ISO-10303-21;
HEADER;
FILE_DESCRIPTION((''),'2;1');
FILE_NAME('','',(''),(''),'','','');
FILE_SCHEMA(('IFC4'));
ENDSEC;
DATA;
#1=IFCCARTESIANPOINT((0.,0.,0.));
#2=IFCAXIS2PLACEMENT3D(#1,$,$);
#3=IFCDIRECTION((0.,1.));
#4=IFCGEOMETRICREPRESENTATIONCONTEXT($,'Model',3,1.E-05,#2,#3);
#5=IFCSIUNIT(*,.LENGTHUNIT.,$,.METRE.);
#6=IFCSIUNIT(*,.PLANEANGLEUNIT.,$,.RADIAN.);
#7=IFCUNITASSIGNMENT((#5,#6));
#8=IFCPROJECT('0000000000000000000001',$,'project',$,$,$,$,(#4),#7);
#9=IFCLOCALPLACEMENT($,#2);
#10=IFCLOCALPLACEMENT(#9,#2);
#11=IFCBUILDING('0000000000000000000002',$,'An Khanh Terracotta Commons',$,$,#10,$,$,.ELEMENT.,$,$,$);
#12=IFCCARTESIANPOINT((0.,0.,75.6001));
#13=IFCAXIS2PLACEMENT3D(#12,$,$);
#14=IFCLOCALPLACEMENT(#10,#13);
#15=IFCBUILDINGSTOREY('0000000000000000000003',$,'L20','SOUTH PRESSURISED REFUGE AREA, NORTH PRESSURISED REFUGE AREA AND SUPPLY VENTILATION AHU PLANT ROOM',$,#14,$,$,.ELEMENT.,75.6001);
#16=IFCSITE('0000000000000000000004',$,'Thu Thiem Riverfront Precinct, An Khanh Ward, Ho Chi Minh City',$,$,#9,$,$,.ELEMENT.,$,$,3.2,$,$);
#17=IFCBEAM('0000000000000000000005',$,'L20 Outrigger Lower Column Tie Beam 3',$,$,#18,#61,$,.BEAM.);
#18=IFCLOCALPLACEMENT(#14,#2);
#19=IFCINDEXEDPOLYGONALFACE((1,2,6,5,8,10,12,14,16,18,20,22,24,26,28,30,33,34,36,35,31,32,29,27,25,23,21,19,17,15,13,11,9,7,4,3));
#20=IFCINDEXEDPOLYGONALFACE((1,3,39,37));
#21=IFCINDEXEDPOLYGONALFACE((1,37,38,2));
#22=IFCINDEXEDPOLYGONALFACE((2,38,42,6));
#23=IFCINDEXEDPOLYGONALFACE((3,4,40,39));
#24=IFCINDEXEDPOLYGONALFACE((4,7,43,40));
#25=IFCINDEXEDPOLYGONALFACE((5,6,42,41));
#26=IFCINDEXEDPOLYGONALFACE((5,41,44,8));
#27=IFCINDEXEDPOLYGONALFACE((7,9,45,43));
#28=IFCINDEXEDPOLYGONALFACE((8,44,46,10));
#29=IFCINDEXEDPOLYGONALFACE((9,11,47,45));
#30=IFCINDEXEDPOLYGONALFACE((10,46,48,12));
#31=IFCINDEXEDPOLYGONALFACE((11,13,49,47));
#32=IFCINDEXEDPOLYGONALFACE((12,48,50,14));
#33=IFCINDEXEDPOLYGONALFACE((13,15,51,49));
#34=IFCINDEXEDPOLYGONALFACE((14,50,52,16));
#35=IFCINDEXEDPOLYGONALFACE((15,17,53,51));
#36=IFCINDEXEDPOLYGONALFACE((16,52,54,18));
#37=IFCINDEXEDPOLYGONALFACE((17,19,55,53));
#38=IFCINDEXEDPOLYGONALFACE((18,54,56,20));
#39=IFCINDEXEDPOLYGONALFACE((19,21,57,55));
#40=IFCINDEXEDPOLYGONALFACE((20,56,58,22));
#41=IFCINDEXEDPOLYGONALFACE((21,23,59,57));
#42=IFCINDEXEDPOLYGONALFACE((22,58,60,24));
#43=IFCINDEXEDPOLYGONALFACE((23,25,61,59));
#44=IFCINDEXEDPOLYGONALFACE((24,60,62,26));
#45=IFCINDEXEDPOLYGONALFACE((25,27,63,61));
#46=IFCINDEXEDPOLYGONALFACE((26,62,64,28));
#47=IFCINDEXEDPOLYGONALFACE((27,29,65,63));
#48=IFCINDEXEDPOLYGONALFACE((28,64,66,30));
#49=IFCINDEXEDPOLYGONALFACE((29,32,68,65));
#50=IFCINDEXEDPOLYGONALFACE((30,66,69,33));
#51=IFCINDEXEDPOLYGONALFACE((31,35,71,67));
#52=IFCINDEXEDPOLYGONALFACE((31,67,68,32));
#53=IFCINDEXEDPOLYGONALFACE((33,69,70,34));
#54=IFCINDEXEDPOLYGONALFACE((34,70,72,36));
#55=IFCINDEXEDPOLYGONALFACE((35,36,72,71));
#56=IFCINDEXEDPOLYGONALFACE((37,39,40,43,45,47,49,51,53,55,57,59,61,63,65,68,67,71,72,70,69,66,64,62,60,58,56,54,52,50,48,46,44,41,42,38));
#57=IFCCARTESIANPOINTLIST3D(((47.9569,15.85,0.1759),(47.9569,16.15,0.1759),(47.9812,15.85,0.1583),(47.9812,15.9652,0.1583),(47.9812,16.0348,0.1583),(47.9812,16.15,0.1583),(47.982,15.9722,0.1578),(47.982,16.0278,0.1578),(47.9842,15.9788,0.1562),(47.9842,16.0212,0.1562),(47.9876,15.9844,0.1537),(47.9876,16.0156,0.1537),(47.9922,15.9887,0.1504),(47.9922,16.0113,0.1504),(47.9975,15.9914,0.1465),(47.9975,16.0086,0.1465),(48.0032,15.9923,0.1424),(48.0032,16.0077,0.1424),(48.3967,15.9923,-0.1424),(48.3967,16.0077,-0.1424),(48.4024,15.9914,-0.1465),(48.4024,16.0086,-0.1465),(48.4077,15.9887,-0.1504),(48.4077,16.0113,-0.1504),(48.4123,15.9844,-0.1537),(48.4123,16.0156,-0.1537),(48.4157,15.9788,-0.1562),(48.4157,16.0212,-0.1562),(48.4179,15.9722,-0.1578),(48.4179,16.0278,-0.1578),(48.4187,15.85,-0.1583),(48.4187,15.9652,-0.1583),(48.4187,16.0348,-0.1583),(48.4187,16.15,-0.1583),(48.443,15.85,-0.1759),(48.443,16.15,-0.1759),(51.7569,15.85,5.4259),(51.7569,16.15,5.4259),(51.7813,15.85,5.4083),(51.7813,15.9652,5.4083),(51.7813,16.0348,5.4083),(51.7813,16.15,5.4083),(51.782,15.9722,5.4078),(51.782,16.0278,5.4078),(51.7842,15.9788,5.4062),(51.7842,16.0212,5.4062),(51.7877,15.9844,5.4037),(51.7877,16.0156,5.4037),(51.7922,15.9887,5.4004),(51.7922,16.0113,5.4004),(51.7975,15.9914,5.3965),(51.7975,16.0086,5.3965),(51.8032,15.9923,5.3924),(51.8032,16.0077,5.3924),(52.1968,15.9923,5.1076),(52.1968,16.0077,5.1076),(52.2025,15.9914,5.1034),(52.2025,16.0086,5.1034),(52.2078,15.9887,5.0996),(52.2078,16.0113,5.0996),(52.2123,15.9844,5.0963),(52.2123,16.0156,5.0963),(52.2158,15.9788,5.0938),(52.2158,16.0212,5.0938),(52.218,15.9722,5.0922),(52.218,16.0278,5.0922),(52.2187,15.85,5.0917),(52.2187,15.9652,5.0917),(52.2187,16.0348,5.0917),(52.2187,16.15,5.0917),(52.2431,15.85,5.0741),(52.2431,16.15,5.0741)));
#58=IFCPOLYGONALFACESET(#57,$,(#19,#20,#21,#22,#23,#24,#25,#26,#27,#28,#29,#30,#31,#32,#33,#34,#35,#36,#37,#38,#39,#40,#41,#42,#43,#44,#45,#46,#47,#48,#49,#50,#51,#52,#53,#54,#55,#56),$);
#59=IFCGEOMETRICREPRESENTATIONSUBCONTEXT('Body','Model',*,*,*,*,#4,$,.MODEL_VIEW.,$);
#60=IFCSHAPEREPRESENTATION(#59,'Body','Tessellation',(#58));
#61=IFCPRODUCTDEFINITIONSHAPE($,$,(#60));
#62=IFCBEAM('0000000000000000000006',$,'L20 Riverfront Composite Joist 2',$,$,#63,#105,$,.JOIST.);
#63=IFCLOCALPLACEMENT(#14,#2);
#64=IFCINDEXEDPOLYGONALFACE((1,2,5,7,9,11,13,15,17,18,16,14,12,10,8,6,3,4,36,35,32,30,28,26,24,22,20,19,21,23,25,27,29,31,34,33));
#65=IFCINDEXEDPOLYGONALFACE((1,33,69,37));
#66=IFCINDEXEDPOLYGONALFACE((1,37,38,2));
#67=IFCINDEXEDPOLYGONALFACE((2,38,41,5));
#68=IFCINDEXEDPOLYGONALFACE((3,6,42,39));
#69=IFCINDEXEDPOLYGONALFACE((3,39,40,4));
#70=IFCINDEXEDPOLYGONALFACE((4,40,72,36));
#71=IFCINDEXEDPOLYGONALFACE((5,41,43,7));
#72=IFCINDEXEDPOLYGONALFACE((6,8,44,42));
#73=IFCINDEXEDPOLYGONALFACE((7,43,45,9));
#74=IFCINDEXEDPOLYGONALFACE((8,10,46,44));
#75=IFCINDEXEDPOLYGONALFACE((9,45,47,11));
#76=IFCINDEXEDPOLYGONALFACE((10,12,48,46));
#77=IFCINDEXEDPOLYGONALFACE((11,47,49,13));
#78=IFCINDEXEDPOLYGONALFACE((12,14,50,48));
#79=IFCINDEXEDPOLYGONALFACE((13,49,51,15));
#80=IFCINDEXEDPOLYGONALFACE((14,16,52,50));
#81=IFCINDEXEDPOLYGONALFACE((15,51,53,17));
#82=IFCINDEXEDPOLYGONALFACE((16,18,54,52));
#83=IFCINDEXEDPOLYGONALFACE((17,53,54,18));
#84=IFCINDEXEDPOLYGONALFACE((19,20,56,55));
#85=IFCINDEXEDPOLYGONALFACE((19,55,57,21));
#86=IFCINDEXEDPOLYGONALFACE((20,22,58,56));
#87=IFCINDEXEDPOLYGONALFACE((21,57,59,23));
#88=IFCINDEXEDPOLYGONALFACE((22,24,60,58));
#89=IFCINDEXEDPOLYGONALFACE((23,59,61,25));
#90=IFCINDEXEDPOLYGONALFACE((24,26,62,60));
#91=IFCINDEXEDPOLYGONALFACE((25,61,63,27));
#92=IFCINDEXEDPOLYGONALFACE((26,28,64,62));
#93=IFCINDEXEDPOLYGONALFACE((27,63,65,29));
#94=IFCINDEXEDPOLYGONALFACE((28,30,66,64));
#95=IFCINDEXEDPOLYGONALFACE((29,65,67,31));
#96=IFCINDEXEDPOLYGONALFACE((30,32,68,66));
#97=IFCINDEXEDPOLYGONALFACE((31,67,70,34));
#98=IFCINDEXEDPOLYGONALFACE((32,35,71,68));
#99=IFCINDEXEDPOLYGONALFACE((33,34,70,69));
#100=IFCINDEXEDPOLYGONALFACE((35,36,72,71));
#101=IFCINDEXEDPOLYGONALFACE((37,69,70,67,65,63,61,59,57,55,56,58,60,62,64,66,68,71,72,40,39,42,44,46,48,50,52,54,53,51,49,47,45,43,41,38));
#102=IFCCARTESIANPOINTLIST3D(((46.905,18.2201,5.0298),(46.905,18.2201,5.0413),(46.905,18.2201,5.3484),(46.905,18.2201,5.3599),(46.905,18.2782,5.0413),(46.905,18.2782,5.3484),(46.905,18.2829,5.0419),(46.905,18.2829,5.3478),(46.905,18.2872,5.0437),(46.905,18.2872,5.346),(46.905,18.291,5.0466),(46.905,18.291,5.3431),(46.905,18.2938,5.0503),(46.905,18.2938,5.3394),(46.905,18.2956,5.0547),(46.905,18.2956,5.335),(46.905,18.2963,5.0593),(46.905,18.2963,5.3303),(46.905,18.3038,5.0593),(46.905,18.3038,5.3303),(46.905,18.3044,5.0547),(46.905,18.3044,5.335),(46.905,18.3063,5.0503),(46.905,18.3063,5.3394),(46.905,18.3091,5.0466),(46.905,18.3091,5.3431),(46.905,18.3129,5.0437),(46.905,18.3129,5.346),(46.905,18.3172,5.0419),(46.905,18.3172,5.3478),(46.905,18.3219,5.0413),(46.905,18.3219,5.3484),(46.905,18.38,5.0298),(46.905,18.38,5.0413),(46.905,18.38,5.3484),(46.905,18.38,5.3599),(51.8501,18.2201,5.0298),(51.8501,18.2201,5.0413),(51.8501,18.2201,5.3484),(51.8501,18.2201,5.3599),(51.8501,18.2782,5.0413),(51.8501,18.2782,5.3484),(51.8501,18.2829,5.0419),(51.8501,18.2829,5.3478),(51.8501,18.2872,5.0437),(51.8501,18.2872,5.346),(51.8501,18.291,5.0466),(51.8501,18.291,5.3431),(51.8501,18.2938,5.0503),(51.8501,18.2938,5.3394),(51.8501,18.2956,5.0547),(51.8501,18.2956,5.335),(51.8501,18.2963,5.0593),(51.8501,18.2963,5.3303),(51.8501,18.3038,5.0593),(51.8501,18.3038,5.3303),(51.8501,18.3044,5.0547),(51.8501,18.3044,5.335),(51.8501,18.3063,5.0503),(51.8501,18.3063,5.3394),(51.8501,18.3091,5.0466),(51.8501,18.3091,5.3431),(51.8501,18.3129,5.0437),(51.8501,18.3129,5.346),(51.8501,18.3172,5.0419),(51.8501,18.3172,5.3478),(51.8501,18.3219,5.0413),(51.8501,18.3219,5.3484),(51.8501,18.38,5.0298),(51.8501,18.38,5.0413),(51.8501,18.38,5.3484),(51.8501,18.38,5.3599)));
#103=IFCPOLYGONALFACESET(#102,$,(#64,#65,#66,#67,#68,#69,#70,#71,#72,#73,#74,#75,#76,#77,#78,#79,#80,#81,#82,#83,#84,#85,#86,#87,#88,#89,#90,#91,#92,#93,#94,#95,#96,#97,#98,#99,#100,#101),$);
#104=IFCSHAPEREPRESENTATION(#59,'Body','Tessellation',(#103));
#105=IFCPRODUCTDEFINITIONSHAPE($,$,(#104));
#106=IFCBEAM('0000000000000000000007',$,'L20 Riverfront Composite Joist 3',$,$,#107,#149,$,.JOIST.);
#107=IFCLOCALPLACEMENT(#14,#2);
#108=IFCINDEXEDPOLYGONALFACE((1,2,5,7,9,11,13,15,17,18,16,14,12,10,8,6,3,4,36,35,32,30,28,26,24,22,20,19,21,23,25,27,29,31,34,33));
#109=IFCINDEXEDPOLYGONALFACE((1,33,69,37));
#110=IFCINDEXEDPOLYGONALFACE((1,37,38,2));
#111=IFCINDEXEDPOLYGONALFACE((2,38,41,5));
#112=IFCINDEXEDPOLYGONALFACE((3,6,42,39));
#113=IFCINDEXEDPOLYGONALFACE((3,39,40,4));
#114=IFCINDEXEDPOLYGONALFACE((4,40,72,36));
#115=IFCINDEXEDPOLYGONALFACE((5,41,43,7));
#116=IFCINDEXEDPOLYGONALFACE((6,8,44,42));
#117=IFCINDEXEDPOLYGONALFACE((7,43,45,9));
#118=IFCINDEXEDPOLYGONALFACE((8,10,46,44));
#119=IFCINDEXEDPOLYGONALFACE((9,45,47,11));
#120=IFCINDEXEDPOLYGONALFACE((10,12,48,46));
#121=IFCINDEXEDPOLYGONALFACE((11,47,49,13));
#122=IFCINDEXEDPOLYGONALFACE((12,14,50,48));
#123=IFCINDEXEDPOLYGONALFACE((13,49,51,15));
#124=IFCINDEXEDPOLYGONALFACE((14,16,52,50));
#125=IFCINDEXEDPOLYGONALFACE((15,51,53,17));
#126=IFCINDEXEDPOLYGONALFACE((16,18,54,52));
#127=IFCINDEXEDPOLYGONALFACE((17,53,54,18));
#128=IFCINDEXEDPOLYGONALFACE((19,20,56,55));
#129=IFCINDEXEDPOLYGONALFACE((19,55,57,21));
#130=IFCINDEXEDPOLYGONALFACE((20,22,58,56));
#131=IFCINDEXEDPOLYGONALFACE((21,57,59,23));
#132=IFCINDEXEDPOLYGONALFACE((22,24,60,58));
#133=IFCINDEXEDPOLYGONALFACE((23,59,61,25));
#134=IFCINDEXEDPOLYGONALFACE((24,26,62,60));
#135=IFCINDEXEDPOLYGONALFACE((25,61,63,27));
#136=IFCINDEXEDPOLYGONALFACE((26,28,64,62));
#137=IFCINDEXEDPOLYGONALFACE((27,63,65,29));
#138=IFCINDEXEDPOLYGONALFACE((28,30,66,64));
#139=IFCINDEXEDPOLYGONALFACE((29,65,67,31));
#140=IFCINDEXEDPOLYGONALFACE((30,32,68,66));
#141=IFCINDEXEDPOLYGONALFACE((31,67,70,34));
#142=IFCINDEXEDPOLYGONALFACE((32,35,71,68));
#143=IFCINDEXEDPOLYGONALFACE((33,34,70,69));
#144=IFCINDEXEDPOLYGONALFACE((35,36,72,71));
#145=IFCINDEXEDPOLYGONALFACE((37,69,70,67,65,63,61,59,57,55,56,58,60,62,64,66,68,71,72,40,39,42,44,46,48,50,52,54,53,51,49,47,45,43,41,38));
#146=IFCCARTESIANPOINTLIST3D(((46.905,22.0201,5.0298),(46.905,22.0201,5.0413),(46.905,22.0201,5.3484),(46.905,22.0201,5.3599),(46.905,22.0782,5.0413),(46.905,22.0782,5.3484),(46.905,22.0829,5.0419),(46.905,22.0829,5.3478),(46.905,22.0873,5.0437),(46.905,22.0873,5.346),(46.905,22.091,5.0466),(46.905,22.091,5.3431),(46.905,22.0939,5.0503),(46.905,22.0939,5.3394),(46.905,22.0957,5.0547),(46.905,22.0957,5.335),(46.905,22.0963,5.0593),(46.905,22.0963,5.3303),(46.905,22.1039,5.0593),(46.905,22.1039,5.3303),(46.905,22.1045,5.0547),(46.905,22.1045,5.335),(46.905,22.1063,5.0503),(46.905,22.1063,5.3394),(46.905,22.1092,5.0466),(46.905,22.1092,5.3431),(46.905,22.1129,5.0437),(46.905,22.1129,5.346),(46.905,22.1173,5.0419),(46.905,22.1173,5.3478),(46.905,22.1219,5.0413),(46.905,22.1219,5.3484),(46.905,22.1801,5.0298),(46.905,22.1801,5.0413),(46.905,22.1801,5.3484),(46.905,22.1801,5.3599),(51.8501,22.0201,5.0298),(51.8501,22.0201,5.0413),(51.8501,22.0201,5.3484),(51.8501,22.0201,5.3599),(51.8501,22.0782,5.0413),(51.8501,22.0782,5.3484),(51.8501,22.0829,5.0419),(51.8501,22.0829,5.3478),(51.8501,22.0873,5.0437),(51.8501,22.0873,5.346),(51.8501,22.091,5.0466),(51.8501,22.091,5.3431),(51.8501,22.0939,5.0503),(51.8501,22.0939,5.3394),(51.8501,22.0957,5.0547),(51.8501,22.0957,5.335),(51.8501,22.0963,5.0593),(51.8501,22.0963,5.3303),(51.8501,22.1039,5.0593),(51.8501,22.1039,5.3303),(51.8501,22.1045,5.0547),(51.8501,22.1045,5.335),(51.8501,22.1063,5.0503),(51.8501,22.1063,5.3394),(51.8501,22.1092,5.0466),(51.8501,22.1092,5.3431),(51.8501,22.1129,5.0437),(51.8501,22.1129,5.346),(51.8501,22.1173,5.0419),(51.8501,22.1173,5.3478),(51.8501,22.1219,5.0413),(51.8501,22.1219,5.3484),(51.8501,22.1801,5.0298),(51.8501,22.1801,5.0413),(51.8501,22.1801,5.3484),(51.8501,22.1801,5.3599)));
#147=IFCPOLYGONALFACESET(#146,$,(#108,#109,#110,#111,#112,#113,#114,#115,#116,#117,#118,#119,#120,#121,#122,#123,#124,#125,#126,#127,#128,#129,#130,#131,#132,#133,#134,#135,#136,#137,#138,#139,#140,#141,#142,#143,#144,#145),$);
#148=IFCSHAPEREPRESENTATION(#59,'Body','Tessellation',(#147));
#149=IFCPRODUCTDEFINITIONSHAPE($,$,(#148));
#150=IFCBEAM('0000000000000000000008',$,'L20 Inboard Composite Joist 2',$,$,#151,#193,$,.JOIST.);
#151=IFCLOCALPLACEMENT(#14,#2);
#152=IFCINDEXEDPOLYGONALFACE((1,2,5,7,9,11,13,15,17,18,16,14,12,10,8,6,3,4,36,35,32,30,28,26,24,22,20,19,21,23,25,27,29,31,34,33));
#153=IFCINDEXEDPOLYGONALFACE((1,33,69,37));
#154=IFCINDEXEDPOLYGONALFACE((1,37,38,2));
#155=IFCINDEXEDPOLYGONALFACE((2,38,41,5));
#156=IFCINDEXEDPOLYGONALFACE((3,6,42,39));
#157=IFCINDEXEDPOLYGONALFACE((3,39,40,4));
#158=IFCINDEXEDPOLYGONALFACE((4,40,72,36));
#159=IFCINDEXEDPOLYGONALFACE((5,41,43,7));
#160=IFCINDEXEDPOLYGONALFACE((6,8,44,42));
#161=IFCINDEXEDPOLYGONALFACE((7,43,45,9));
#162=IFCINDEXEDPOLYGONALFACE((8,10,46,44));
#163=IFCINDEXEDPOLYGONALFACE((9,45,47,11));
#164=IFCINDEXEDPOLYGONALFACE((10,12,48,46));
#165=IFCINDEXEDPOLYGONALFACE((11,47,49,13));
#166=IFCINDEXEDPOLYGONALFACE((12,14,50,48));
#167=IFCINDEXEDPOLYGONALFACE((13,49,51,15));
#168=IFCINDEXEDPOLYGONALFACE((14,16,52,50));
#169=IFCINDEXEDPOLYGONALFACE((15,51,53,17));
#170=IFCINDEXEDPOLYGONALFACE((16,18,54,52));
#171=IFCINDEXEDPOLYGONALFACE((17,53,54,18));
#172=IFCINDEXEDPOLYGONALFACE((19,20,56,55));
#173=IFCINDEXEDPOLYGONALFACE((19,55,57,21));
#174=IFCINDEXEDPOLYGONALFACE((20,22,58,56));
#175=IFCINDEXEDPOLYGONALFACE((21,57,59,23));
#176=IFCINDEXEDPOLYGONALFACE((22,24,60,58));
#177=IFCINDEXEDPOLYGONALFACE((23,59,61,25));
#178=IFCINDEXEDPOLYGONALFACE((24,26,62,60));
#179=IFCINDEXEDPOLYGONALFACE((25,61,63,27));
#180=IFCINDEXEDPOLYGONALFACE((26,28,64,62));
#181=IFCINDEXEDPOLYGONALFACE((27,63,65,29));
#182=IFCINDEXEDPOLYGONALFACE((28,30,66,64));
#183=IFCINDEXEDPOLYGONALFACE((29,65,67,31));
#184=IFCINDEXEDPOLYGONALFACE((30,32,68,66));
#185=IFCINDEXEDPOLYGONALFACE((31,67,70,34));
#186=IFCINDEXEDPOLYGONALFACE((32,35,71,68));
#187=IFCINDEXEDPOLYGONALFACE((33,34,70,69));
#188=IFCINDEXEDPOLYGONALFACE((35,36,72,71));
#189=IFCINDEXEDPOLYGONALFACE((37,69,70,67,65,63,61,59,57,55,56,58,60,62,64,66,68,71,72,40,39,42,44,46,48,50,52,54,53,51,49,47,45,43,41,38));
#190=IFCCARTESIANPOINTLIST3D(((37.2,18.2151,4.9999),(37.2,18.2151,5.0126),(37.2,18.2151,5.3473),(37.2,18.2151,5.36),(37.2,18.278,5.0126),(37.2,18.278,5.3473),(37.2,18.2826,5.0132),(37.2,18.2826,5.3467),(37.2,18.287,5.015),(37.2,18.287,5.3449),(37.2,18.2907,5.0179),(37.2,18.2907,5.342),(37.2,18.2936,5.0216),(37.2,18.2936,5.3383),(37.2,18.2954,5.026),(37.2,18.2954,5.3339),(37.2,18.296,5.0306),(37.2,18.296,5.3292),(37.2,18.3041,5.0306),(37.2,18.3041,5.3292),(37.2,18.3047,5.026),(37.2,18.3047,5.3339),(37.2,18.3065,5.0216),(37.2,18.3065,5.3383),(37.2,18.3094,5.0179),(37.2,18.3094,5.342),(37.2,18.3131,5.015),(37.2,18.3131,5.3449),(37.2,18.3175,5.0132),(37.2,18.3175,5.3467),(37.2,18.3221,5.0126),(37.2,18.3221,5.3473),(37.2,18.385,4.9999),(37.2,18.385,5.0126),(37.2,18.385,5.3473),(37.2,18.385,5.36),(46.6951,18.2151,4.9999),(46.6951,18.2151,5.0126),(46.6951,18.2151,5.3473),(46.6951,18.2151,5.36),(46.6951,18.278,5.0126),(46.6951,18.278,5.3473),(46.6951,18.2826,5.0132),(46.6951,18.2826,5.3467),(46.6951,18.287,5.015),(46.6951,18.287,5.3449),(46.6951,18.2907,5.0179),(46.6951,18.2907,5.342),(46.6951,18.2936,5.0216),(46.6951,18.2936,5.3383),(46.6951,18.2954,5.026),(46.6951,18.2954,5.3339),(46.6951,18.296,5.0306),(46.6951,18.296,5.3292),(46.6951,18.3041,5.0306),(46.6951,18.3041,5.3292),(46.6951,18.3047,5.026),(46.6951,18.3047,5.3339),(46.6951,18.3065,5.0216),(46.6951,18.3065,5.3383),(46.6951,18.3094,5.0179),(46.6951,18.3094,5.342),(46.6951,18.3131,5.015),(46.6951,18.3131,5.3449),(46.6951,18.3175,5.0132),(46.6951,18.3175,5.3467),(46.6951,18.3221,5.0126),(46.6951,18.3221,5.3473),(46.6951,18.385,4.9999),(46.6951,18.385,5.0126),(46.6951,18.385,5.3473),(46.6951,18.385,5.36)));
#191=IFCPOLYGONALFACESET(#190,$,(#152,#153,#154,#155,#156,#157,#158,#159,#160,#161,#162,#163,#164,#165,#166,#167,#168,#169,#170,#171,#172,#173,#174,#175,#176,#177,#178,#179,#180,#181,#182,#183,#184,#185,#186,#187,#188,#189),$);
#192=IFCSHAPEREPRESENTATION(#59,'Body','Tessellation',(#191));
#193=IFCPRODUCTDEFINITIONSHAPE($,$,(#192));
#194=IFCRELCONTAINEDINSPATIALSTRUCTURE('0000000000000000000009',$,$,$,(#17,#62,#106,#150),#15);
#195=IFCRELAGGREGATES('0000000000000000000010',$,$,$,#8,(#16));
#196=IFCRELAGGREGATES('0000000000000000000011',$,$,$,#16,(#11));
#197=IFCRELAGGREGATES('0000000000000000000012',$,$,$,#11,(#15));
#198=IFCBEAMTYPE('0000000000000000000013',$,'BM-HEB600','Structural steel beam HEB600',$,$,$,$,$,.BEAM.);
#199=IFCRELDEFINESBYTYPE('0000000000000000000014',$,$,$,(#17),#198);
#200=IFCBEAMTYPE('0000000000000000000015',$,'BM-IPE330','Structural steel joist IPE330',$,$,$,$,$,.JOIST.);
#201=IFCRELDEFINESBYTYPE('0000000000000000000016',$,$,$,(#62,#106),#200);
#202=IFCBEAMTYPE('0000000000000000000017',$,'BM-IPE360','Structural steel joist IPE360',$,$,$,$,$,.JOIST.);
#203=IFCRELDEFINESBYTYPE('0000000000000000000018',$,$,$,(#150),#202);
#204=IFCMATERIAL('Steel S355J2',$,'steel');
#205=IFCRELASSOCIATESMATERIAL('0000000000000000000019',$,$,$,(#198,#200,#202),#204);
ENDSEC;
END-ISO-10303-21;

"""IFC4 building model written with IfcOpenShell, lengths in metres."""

from ifc_helpers import new_model, si_unit, direction, frame, origin, origin_2d, place, context, subcontext, project, spatial, i_section, extrude, material, material_profile, profile_set, type_object, element, save


model = new_model("IFC4")

# Units and contexts
model_context = context("Model", 3, precision=1e-05, world=origin(), true_north=direction((0.0, 1.0)))
body_context = subcontext(model_context, "Body", "Model", "MODEL_VIEW")
ifc_project = project(units=[si_unit("LENGTHUNIT", "METRE"), si_unit("PLANEANGLEUNIT", "RADIAN")], contexts=[model_context])

# Site, building, storey
site_placement = place(None, origin())
site = spatial("IfcSite", under=ifc_project, at=site_placement, Name="Thu Thiem Riverfront Precinct, An Khanh Ward, Ho Chi Minh City", CompositionType="ELEMENT", RefElevation=3.2)
building_placement = place(site_placement, origin())
building = spatial("IfcBuilding", under=site, at=building_placement, Name="An Khanh Terracotta Commons", CompositionType="ELEMENT")
storey_placement = place(building_placement, frame((0.0, 0.0, 75.6001)))
storey = spatial("IfcBuildingStorey", under=building, at=storey_placement, Name="L20", Description="SOUTH PRESSURISED REFUGE AREA, NORTH PRESSURISED REFUGE AREA AND SUPPLY VENTILATION AHU PLANT ROOM", CompositionType="ELEMENT", Elevation=75.6001)

# Beams
ifc_material_1 = material(Name="Steel S355J2", Category="steel")
ifc_material_profile_1 = material_profile(ifc_material_1, i_section(OverallWidth=0.3, OverallDepth=0.6001, WebThickness=0.0154, FlangeThickness=0.03, FilletRadius=0.0271, at=origin_2d()), Name="HEB600")
ifc_profile_set_1 = profile_set([ifc_material_profile_1], Name="Steel S355J2")
beam_type_1 = type_object("IfcBeamType", Name="BM-HEB600", Description="Structural steel beam HEB600", PredefinedType="BEAM", material=ifc_profile_set_1)
beam_1_placement = place(storey_placement, frame((48.2, 16.0, 0.0), z_axis=(0.58634, 0.0, 0.810065), x_axis=(0.0, 1.0, 0.0)))
element("IfcBeam", 1, at=beam_1_placement, inside=storey, type_object=beam_type_1, Name="L20 Outrigger Lower Column Tie Beam 3", PredefinedType="BEAM", context=body_context, shape_type="SweptSolid", body=[
    extrude(i_section(OverallWidth=0.3, OverallDepth=0.6001, WebThickness=0.0154, FlangeThickness=0.03, FilletRadius=0.0271, at=origin_2d()), origin(), (0.0, 0.0, 1.0), 6.481),
])
ifc_material_profile_2 = material_profile(ifc_material_1, i_section(OverallWidth=0.1599, OverallDepth=0.3301, WebThickness=0.0076, FlangeThickness=0.0115, FilletRadius=0.0181, at=origin_2d()), Name="IPE330")
ifc_profile_set_2 = profile_set([ifc_material_profile_2], Name="Steel S355J2")
beam_type_2 = type_object("IfcBeamType", Name="BM-IPE330", Description="Structural steel joist IPE330", PredefinedType="JOIST", material=ifc_profile_set_2)
for number, where, z_axis, x_axis, name in (
    (2, (46.905, 18.3, 5.1948), (1.0, 0.0, 0.0), (0.0, 1.0, 0.0), "L20 Riverfront Composite Joist 2"),
    (3, (46.905, 22.1001, 5.1948), (1.0, 0.0, 0.0), (0.0, 1.0, 0.0), "L20 Riverfront Composite Joist 3"),
):
    element("IfcBeam", number, at=place(storey_placement, frame(where, z_axis=z_axis, x_axis=x_axis)), inside=storey, type_object=beam_type_2, Name=name, PredefinedType="JOIST", context=body_context, shape_type="SweptSolid", body=[
        extrude(i_section(OverallWidth=0.1599, OverallDepth=0.3301, WebThickness=0.0076, FlangeThickness=0.0115, FilletRadius=0.0181, at=origin_2d()), origin(), (0.0, 0.0, 1.0), 4.9451),
    ])
ifc_material_profile_3 = material_profile(ifc_material_1, i_section(OverallWidth=0.1699, OverallDepth=0.3601, WebThickness=0.0081, FlangeThickness=0.0127, FilletRadius=0.0181, at=origin_2d()), Name="IPE360")
ifc_profile_set_3 = profile_set([ifc_material_profile_3], Name="Steel S355J2")
beam_type_3 = type_object("IfcBeamType", Name="BM-IPE360", Description="Structural steel joist IPE360", PredefinedType="JOIST", material=ifc_profile_set_3)
for number, where, z_axis, x_axis, name in (
    (4, (37.2, 18.3, 5.1799), (1.0, 0.0, 0.0), (0.0, 1.0, 0.0), "L20 Inboard Composite Joist 2"),
):
    element("IfcBeam", number, at=place(storey_placement, frame(where, z_axis=z_axis, x_axis=x_axis)), inside=storey, type_object=beam_type_3, Name=name, PredefinedType="JOIST", context=body_context, shape_type="SweptSolid", body=[
        extrude(i_section(OverallWidth=0.1699, OverallDepth=0.3601, WebThickness=0.0081, FlangeThickness=0.0127, FilletRadius=0.0181, at=origin_2d()), origin(), (0.0, 0.0, 1.0), 9.4951),
    ])

save(model, "model.ifc")
